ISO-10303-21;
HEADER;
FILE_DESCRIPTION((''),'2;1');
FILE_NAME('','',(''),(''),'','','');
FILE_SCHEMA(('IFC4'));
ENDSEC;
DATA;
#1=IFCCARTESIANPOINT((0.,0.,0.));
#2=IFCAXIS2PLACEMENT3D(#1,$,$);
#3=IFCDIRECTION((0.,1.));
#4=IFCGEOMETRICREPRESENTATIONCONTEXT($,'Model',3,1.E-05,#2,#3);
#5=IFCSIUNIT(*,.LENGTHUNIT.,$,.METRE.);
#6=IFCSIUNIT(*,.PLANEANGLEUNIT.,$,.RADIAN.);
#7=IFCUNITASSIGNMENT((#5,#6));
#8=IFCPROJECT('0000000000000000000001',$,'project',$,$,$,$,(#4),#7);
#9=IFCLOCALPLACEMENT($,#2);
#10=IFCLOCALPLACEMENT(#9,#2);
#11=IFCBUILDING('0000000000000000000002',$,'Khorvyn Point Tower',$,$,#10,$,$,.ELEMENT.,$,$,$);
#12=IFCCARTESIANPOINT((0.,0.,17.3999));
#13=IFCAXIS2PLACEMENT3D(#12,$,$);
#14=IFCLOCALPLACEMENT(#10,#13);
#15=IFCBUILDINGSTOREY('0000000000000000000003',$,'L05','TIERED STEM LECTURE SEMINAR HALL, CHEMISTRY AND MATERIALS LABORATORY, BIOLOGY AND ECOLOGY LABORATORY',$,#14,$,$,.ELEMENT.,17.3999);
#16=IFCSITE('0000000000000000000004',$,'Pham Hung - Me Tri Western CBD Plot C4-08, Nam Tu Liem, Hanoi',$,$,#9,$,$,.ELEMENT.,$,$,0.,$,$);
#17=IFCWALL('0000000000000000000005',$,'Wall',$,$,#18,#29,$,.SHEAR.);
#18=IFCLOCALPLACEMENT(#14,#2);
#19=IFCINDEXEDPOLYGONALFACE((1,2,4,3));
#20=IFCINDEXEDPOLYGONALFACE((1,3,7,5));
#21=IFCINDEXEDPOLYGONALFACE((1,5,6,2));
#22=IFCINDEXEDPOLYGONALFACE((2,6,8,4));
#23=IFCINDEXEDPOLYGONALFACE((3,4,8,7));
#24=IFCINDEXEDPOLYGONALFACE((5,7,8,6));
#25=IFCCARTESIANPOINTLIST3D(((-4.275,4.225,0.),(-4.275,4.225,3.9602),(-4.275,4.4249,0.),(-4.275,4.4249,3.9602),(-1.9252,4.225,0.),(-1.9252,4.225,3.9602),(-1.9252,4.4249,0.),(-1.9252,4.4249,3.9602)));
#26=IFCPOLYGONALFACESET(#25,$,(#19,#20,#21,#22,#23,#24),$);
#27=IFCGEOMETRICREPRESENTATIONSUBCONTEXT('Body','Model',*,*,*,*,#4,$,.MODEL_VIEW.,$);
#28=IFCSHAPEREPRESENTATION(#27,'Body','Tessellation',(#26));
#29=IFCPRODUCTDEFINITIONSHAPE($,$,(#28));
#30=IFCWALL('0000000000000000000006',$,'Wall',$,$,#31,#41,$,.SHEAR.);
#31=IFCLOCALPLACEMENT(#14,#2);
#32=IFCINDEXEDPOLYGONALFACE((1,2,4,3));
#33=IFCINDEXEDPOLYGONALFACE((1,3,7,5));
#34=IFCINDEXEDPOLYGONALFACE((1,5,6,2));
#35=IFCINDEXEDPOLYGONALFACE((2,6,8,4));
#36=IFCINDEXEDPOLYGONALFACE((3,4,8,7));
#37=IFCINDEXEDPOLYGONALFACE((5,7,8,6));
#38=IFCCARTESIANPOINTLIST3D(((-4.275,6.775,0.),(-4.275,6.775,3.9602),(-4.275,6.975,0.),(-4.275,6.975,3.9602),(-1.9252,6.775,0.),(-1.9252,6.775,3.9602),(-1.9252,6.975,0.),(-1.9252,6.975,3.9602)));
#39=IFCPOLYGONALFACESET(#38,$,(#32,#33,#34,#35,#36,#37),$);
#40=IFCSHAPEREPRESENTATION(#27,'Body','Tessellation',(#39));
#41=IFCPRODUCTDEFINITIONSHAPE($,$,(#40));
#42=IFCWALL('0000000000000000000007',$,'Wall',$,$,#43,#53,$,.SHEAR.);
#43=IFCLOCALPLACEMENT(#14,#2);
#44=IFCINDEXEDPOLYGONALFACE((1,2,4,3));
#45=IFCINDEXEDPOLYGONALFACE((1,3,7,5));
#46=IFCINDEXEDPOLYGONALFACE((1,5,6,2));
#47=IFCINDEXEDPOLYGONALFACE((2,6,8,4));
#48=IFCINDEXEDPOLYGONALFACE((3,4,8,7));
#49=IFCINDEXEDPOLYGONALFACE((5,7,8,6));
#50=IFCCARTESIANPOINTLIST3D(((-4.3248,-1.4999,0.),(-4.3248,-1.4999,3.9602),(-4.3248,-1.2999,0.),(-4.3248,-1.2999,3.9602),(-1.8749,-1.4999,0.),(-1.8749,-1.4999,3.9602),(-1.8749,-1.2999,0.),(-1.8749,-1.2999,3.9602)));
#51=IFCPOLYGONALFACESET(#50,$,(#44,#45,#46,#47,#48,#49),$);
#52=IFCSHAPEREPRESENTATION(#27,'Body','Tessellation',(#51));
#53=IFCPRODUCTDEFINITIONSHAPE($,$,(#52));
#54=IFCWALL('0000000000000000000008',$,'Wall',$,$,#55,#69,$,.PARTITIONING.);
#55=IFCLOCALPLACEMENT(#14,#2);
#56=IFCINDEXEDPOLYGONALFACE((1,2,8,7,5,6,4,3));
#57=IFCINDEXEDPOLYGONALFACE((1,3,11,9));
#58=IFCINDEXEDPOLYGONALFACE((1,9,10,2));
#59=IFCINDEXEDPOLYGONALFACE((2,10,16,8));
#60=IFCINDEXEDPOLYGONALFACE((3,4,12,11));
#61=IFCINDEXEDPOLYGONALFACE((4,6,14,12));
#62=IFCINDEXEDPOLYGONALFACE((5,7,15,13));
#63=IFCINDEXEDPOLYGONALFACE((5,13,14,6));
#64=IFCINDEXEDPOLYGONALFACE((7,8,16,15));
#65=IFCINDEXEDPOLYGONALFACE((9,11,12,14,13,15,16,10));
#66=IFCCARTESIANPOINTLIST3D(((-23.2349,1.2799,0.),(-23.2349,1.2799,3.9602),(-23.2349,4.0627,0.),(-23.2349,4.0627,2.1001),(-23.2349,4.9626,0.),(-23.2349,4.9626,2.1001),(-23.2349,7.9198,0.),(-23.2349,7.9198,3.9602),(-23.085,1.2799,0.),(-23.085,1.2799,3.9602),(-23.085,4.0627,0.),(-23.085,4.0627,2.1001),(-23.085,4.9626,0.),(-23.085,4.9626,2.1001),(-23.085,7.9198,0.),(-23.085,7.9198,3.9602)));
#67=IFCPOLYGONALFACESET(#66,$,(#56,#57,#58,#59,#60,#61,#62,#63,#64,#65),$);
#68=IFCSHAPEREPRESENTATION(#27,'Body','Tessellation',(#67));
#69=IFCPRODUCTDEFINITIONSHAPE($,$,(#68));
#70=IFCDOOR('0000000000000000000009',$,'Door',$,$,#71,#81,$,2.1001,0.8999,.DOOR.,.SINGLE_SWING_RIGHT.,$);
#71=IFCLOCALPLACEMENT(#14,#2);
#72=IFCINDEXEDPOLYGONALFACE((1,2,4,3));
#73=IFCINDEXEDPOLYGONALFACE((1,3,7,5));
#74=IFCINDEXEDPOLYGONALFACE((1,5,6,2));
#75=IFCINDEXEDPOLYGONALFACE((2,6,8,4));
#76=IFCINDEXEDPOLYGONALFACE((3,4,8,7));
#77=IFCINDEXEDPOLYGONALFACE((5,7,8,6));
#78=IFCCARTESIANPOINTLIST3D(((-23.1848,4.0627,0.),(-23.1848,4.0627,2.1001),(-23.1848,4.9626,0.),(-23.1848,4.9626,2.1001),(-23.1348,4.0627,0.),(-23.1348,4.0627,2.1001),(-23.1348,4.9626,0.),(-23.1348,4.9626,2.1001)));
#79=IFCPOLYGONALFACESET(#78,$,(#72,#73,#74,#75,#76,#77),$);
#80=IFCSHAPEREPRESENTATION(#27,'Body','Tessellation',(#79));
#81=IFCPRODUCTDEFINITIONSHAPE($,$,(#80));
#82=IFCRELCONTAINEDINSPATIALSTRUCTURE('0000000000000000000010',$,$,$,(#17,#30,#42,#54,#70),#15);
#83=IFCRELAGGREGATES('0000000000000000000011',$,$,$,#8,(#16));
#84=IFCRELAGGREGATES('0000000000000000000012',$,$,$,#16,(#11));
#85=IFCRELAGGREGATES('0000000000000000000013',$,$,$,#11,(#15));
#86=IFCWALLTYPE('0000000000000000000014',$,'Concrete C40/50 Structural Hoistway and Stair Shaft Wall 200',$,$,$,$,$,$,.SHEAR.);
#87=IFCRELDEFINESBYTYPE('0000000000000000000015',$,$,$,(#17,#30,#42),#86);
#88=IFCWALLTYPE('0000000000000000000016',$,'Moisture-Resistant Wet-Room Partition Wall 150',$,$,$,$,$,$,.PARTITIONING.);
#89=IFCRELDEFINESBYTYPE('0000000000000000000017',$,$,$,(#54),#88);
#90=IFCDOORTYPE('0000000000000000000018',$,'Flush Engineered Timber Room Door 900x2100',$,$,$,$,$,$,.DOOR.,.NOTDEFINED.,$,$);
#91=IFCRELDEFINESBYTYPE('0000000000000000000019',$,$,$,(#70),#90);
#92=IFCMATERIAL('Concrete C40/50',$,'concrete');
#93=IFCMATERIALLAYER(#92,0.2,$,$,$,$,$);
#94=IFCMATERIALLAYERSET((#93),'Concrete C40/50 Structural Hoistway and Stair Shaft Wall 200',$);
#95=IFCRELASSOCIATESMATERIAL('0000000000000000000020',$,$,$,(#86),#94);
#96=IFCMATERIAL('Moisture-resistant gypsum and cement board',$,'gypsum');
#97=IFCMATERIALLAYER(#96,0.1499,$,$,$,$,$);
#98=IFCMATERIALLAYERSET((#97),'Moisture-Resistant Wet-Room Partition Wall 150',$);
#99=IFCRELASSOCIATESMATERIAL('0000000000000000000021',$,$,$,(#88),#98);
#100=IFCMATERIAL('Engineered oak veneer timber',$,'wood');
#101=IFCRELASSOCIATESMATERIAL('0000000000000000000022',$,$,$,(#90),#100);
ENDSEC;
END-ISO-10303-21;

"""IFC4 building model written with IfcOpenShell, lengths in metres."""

from ifc_helpers import new_model, si_unit, direction, frame, frame_2d, origin, place, context, subcontext, project, spatial, rectangle, extrude, material, layer, layer_set, type_object, element, fill, save


model = new_model("IFC4")

# Units and contexts
model_context = context("Model", 3, precision=1e-05, world=origin(), true_north=direction((0.0, 1.0)))
body_context = subcontext(model_context, "Body", "Model", "MODEL_VIEW")
ifc_project = project(units=[si_unit("LENGTHUNIT", "METRE"), si_unit("PLANEANGLEUNIT", "RADIAN")], contexts=[model_context])

# Site, building, storey
site_placement = place(None, origin())
site = spatial("IfcSite", under=ifc_project, at=site_placement, Name="Pham Hung - Me Tri Western CBD Plot C4-08, Nam Tu Liem, Hanoi", CompositionType="ELEMENT", RefElevation=0.0)
building_placement = place(site_placement, origin())
building = spatial("IfcBuilding", under=site, at=building_placement, Name="Khorvyn Point Tower", CompositionType="ELEMENT")
storey_placement = place(building_placement, frame((0.0, 0.0, 17.3999)))
storey = spatial("IfcBuildingStorey", under=building, at=storey_placement, Name="L05", Description="TIERED STEM LECTURE SEMINAR HALL, CHEMISTRY AND MATERIALS LABORATORY, BIOLOGY AND ECOLOGY LABORATORY", CompositionType="ELEMENT", Elevation=17.3999)

# Shared definitions
ifc_material_1 = material(Name="Concrete C40/50", Category="concrete")

# Shared definitions
ifc_layer_1 = layer(ifc_material_1, 0.2)
ifc_layer_set_1 = layer_set([ifc_layer_1], Name="Concrete C40/50 Structural Hoistway and Stair Shaft Wall 200")
wall_type_1 = type_object("IfcWallType", Name="Concrete C40/50 Structural Hoistway and Stair Shaft Wall 200", PredefinedType="SHEAR", material=ifc_layer_set_1)

# Walls
for number, where, z_axis, x_axis, name in (
    (1, (-4.2749, 4.325, 0.0), (0.0, 0.0, 1.0), (1.0, 0.0, 0.0), "Wall"),
    (2, (-4.2749, 6.875, 0.0), (0.0, 0.0, 1.0), (1.0, 0.0, 0.0), "Wall"),
):
    element("IfcWall", number, at=place(storey_placement, frame(where, z_axis=z_axis, x_axis=x_axis)), inside=storey, type_object=wall_type_1, Name=name, PredefinedType="SHEAR", context=body_context, shape_type="SweptSolid", body=[
        extrude(rectangle(XDim=2.3499, YDim=0.2, at=frame_2d((1.1748, 0.0))), origin(), (0.0, 0.0, 1.0), 3.9602),
    ])
wall_1_placement = place(storey_placement, frame((-4.325, -1.3999, 0.0), z_axis=(0.0, 0.0, 1.0), x_axis=(1.0, 0.0, 0.0)))
element("IfcWall", 3, at=wall_1_placement, inside=storey, type_object=wall_type_1, Name="Wall", PredefinedType="SHEAR", context=body_context, shape_type="SweptSolid", body=[
    extrude(rectangle(XDim=2.45, YDim=0.2, at=frame_2d((1.2251, 0.0))), origin(), (0.0, 0.0, 1.0), 3.9602),
])

# Wall, opening, door
ifc_material_2 = material(Name="Moisture-resistant gypsum and cement board", Category="gypsum")
ifc_layer_2 = layer(ifc_material_2, 0.1499)
ifc_layer_set_2 = layer_set([ifc_layer_2], Name="Moisture-Resistant Wet-Room Partition Wall 150")
wall_type_2 = type_object("IfcWallType", Name="Moisture-Resistant Wet-Room Partition Wall 150", PredefinedType="PARTITIONING", material=ifc_layer_set_2)
wall_2_placement = place(storey_placement, frame((-23.1599, 1.28, 0.0), z_axis=(0.0, 0.0, 1.0), x_axis=(0.0, 1.0, 0.0)))
wall_2 = element("IfcWall", 4, at=wall_2_placement, inside=storey, type_object=wall_type_2, Name="Wall", PredefinedType="PARTITIONING", context=body_context, shape_type="SweptSolid", body=[
    extrude(rectangle(XDim=6.6399, YDim=0.1499, at=frame_2d((3.3198, 0.0))), origin(), (0.0, 0.0, 1.0), 3.9602),
])
opening_1_placement = place(wall_2_placement, frame((2.7827, 0.0, 0.0)))
opening_1 = element("IfcOpeningElement", 5, at=opening_1_placement, cuts=wall_2, PredefinedType="OPENING", context=body_context, shape_type="SweptSolid", body=[
    extrude(rectangle(XDim=0.8999, YDim=2.1001, at=frame_2d((0.45, 1.05))), frame((0.0, 0.085, 0.0), z_axis=(0.0, -1.0, 0.0), x_axis=(1.0, 0.0, 0.0)), (0.0, 0.0, 1.0), 0.1699),
])
ifc_material_3 = material(Name="Engineered oak veneer timber", Category="wood")
door_type_1 = type_object("IfcDoorType", Name="Flush Engineered Timber Room Door 900x2100", OperationType="NOTDEFINED", PredefinedType="DOOR", material=ifc_material_3)
door_1_placement = place(opening_1_placement, origin())
door_1 = element("IfcDoor", 6, at=door_1_placement, inside=storey, type_object=door_type_1, Name="Door", OperationType="SINGLE_SWING_RIGHT", OverallHeight=2.1001, OverallWidth=0.8999, PredefinedType="DOOR", context=body_context, shape_type="SweptSolid", body=[
    extrude(rectangle(XDim=0.8999, YDim=2.1001, at=frame_2d((0.45, 1.05))), frame((0.0, 0.0249, 0.0), z_axis=(0.0, -1.0, 0.0), x_axis=(1.0, 0.0, 0.0)), (0.0, 0.0, 1.0), 0.05),
])
fill(opening_1, door_1)

save(model, "model.ifc")
